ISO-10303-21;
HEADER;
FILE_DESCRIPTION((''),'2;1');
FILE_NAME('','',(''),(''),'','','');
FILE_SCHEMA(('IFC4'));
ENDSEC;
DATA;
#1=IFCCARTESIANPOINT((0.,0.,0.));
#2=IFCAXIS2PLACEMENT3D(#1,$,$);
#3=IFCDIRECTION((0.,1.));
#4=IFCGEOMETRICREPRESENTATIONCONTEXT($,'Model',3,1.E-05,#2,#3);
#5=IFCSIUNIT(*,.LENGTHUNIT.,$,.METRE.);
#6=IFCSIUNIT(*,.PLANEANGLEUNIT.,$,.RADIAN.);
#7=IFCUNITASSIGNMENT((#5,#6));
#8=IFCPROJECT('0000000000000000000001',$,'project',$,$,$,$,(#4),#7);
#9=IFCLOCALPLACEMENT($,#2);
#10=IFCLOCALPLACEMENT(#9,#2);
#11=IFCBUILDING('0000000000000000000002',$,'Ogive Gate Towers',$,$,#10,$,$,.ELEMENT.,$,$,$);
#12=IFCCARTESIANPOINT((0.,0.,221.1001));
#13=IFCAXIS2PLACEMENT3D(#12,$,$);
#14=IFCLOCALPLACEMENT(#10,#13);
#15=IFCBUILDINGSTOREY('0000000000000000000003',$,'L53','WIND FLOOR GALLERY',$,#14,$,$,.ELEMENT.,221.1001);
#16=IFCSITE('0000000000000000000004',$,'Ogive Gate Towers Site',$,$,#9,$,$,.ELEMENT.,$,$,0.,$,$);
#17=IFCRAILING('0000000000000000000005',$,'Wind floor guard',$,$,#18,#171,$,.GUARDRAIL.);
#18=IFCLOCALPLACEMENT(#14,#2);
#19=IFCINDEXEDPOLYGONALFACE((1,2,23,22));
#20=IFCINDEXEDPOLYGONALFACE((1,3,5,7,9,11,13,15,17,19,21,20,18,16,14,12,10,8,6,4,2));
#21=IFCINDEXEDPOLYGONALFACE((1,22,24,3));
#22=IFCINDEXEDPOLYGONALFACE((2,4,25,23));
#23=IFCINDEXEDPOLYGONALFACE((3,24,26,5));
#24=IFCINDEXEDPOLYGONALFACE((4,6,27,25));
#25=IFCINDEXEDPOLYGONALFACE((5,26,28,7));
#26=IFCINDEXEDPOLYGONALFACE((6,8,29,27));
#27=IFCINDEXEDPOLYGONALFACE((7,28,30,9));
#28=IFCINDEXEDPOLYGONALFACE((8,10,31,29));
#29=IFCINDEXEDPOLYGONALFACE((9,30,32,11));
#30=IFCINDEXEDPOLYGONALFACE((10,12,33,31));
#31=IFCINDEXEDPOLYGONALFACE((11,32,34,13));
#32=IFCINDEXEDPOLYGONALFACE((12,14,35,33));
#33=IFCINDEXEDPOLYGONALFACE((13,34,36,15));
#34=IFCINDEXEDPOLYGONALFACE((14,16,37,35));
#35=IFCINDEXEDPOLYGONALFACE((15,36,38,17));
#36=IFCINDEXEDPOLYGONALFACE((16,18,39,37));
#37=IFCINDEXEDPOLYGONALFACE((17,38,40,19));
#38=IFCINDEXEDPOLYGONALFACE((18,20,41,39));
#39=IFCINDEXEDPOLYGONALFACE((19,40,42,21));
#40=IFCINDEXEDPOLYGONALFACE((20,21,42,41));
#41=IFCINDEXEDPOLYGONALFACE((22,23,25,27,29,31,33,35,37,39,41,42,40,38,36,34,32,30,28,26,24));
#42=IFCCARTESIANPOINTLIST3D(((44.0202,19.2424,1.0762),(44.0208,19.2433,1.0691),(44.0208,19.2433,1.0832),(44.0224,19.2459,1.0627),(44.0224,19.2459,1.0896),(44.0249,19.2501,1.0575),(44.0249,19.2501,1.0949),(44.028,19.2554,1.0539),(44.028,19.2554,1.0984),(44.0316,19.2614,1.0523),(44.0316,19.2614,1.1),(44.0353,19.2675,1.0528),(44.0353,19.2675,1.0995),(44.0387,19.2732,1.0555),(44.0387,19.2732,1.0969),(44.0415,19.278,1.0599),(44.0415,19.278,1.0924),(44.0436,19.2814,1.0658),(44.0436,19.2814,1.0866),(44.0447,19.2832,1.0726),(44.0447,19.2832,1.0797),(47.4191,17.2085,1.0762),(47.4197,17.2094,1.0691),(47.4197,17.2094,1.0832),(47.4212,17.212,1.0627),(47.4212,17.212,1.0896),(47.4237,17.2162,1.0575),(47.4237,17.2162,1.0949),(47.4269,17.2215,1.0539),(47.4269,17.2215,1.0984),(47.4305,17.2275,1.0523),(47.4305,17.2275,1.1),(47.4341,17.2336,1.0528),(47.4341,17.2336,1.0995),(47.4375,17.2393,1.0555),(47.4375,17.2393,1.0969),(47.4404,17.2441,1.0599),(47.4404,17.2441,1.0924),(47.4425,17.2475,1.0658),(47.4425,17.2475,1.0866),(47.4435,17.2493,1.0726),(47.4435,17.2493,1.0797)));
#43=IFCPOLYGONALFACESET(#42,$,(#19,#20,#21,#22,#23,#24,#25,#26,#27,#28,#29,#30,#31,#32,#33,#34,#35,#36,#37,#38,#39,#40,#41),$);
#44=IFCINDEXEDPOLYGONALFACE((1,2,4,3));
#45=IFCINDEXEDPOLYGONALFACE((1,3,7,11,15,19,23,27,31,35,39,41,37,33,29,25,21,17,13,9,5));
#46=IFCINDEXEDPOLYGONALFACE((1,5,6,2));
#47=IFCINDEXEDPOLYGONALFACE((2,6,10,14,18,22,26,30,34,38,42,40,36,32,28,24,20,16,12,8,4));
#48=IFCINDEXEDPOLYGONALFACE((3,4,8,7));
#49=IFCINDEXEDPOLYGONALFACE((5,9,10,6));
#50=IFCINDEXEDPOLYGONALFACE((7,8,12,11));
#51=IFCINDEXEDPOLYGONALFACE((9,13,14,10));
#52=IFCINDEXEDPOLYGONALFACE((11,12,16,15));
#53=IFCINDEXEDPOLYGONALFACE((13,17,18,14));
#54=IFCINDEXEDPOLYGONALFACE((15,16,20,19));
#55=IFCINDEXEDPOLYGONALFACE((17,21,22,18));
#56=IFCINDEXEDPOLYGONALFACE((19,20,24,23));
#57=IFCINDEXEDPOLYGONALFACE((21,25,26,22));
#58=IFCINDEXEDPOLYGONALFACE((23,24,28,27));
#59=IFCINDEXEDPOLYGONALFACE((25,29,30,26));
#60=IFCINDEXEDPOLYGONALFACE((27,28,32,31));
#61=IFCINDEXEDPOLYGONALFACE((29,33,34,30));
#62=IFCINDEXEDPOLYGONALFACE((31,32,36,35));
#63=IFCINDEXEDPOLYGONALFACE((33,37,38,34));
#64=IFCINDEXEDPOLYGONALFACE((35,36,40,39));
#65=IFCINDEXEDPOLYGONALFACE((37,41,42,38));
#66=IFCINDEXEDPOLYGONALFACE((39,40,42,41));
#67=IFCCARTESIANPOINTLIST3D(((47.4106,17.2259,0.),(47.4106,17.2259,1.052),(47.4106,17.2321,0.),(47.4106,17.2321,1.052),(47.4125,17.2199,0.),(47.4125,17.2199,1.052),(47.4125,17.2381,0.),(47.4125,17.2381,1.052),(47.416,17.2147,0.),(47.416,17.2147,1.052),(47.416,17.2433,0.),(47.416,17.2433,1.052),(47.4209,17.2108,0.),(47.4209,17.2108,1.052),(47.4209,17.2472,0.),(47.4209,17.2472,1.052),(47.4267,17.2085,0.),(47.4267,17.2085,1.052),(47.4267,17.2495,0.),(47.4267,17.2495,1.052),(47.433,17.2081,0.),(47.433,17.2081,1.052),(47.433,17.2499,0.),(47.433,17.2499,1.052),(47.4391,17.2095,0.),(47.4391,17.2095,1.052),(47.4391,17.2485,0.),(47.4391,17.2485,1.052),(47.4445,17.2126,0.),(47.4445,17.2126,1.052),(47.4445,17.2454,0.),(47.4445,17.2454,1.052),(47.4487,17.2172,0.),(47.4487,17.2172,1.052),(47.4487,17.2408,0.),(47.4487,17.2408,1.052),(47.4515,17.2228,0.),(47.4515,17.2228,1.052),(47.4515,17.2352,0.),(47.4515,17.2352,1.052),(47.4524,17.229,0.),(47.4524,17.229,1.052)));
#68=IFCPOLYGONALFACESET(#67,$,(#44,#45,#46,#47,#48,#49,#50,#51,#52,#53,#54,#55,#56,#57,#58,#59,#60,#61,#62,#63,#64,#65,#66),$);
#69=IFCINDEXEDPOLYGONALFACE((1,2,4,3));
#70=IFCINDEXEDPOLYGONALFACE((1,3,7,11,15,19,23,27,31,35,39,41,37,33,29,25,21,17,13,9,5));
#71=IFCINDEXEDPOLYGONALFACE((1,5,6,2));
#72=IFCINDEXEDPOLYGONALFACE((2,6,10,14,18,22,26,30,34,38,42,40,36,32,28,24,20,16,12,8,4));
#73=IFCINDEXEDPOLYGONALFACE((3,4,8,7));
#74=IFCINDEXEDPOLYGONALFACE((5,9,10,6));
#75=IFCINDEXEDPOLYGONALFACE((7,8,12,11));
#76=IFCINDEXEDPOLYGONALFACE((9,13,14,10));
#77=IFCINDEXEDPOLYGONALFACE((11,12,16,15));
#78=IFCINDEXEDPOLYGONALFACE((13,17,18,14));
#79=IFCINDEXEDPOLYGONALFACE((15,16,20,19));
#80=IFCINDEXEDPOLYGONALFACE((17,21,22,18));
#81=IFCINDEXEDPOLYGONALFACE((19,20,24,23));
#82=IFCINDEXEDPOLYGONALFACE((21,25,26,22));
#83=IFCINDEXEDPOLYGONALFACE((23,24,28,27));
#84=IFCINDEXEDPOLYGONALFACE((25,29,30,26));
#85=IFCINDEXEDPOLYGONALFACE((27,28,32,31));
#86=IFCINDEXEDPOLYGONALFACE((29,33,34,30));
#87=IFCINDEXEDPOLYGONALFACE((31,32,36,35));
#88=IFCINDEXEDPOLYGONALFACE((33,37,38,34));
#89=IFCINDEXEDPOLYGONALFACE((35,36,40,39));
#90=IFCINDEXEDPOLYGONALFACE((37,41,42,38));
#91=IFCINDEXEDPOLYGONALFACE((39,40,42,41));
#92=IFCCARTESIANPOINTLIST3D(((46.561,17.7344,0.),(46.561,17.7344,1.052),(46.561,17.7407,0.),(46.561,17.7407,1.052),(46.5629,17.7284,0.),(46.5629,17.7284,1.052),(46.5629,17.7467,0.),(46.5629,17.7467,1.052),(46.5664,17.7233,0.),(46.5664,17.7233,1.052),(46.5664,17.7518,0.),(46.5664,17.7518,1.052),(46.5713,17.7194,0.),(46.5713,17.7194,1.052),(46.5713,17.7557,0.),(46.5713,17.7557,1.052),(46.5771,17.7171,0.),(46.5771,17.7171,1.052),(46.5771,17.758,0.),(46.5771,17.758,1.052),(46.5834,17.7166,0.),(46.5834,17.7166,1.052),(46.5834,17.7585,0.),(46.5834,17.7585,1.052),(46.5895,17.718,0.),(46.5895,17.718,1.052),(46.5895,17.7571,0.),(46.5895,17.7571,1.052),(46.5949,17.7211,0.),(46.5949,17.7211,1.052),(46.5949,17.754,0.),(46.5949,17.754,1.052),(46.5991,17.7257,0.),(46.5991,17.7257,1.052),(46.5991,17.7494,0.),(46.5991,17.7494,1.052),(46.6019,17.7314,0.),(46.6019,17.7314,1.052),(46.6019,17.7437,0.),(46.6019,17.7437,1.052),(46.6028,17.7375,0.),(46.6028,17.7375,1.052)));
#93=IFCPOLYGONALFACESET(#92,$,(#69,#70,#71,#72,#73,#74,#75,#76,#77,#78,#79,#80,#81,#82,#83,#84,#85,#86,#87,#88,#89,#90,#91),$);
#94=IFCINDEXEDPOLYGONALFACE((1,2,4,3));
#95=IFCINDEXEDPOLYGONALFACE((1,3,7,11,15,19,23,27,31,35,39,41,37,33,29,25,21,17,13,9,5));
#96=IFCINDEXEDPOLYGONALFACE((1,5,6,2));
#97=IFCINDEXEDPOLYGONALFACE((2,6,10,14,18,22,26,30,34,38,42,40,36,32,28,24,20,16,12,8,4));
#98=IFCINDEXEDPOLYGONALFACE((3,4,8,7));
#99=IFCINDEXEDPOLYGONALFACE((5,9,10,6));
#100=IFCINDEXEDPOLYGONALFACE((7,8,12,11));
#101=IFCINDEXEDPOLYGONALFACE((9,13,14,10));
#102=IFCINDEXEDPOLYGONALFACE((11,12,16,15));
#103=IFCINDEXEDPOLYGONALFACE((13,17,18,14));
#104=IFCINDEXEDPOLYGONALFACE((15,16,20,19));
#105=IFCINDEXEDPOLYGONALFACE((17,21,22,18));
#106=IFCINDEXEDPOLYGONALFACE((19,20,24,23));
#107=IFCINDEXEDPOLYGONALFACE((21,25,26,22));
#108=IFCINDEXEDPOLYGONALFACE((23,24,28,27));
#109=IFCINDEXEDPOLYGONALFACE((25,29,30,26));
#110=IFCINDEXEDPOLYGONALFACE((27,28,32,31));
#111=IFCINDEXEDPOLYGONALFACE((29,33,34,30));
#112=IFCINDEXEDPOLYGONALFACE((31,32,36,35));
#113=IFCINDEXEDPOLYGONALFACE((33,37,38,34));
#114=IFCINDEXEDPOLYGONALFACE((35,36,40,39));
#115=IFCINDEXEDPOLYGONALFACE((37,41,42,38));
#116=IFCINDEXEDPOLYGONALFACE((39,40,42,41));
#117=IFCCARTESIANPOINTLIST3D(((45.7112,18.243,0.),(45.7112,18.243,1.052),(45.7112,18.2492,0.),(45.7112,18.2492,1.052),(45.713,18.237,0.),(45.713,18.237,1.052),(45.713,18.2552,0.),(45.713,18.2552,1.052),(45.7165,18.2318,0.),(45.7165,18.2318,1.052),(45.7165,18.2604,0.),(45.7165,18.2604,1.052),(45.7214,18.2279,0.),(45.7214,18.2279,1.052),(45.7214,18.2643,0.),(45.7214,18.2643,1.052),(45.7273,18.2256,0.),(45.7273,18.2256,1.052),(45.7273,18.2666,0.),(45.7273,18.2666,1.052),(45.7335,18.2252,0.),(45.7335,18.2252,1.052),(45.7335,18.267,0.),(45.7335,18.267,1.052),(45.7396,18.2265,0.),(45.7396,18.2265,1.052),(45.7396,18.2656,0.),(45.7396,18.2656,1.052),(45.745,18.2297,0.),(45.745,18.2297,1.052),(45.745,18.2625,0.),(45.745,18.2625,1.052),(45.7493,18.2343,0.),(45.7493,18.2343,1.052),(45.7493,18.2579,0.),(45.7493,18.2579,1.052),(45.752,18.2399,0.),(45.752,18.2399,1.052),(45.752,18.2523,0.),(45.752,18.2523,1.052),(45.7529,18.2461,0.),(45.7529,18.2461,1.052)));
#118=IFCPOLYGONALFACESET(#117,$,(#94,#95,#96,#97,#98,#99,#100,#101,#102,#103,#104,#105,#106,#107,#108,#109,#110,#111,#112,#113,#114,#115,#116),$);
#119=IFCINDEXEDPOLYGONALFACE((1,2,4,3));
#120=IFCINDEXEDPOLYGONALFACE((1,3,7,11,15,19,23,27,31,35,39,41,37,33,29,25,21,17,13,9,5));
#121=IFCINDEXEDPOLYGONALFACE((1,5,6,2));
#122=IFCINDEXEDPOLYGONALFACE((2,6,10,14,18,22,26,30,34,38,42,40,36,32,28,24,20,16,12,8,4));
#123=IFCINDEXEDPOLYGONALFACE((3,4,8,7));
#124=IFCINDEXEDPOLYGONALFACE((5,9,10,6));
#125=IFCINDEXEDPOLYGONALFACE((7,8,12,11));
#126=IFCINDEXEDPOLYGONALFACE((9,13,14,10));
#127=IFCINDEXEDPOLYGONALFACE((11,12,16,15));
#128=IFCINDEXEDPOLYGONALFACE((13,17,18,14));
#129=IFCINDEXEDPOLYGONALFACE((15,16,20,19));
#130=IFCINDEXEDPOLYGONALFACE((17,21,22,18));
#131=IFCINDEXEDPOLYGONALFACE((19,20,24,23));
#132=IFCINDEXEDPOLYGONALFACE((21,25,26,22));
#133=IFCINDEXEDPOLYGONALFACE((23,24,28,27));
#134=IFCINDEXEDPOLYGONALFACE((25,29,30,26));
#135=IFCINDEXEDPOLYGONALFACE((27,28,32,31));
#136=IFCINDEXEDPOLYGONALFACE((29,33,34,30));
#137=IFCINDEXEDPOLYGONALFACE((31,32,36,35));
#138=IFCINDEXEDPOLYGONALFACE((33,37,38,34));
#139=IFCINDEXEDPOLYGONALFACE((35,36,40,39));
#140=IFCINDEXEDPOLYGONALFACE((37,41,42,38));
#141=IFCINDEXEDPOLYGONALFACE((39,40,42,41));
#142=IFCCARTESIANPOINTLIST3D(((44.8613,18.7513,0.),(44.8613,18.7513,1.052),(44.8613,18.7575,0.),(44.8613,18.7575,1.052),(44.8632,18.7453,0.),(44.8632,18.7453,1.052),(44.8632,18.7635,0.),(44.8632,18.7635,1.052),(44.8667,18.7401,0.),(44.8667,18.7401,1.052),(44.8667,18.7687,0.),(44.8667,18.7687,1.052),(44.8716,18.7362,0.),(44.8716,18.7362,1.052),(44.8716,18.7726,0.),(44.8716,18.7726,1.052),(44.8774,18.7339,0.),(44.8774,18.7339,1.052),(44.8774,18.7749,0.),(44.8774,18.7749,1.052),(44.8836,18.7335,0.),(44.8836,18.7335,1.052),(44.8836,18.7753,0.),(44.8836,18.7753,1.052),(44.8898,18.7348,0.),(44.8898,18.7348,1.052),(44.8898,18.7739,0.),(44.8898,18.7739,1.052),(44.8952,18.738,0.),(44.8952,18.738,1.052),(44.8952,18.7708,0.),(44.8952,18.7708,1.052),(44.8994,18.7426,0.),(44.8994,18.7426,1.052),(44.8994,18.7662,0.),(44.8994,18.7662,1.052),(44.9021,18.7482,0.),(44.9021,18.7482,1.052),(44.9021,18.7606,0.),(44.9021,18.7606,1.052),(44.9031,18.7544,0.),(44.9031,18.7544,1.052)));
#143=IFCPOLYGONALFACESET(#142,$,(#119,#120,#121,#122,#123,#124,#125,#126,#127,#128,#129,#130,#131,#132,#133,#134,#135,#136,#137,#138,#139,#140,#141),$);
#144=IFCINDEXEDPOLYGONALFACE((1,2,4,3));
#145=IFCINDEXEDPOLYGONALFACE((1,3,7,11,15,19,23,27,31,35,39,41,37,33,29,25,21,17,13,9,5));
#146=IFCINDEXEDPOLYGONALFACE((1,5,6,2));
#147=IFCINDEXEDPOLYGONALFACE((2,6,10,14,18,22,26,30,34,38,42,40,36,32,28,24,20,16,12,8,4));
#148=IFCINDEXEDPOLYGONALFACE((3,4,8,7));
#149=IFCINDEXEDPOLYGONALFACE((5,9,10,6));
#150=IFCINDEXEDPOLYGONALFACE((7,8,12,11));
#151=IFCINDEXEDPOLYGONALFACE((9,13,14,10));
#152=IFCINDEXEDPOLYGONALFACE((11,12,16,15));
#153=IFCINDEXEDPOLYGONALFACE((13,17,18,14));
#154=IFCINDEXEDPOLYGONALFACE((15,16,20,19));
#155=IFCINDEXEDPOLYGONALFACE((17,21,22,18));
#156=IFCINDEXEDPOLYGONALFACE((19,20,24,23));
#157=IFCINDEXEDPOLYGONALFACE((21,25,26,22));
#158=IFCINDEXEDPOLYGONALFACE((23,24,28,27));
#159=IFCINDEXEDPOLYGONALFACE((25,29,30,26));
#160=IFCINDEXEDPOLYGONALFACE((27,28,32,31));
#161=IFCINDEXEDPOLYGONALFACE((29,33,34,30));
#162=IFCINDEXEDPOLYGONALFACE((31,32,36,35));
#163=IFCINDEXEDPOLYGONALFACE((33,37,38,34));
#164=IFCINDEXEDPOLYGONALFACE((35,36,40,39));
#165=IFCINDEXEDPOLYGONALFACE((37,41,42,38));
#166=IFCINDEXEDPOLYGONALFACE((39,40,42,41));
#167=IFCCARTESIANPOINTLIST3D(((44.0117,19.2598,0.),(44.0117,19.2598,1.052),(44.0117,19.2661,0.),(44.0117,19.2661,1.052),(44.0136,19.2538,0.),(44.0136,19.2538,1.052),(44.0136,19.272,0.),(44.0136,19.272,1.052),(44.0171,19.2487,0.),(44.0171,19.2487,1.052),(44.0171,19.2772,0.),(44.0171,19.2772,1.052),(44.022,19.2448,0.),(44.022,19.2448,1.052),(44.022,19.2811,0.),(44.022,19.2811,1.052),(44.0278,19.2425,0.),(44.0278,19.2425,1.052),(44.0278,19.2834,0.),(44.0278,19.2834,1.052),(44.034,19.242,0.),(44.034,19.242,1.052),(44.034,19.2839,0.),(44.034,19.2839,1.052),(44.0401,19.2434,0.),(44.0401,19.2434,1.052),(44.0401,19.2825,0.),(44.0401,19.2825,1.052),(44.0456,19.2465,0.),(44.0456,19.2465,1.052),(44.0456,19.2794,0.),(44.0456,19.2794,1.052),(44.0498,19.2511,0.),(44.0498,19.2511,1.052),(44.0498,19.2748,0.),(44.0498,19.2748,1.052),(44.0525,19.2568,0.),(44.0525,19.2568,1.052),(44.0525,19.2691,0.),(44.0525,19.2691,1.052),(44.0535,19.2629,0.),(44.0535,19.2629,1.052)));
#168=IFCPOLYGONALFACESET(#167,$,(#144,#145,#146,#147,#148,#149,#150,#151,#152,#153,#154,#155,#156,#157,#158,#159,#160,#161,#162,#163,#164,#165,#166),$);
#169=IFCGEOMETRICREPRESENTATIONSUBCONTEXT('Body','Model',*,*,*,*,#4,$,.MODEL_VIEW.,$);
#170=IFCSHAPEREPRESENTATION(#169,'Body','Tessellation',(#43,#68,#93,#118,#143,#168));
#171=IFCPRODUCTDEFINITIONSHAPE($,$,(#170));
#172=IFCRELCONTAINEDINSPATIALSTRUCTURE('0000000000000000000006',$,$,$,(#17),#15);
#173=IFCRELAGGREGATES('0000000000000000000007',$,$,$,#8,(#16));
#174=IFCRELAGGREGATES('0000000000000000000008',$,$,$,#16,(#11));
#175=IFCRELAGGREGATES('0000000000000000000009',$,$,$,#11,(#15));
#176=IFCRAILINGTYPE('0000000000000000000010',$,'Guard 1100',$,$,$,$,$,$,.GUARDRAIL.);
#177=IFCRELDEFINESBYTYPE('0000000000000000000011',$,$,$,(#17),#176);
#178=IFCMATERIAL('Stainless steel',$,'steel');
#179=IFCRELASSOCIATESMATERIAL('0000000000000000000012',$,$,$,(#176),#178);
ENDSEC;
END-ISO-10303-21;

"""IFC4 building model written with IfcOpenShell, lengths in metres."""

from ifc_helpers import new_model, si_unit, direction, frame, origin, origin_2d, place, context, subcontext, project, spatial, circle, extrude, material, type_object, element, save


model = new_model("IFC4")

# Units and contexts
model_context = context("Model", 3, precision=1e-05, world=origin(), true_north=direction((0.0, 1.0)))
body_context = subcontext(model_context, "Body", "Model", "MODEL_VIEW")
ifc_project = project(units=[si_unit("LENGTHUNIT", "METRE"), si_unit("PLANEANGLEUNIT", "RADIAN")], contexts=[model_context])

# Site, building, storey
site_placement = place(None, origin())
site = spatial("IfcSite", under=ifc_project, at=site_placement, Name="Ogive Gate Towers Site", CompositionType="ELEMENT", RefElevation=0.0)
building_placement = place(site_placement, origin())
building = spatial("IfcBuilding", under=site, at=building_placement, Name="Ogive Gate Towers", CompositionType="ELEMENT")
storey_placement = place(building_placement, frame((0.0, 0.0, 221.1001)))
storey = spatial("IfcBuildingStorey", under=building, at=storey_placement, Name="L53", Description="WIND FLOOR GALLERY", CompositionType="ELEMENT", Elevation=221.1001)

# Railing
ifc_material_1 = material(Name="Stainless steel", Category="steel")
railing_type_1 = type_object("IfcRailingType", Name="Guard 1100", PredefinedType="GUARDRAIL", material=ifc_material_1)
railing_1_placement = place(storey_placement, frame((47.4314, 17.229, 0.0)))
element("IfcRailing", 1, at=railing_1_placement, inside=storey, type_object=railing_type_1, Name="Wind floor guard", PredefinedType="GUARDRAIL", context=body_context, shape_type="SweptSolid", body=[
    extrude(circle(Radius=0.0239, at=origin_2d()), frame((0.0, 0.0, 1.0762), z_axis=(-0.858096, 0.513489, 0.0), x_axis=(-0.513489, -0.858096, 0.0)), (0.0, 0.0, 1.0), 3.9609),
    extrude(circle(Radius=0.021, at=origin_2d()), origin(), (0.0, 0.0, 1.0), 1.052),
    extrude(circle(Radius=0.021, at=origin_2d()), frame((-0.8496, 0.5085, 0.0)), (0.0, 0.0, 1.0), 1.052),
    extrude(circle(Radius=0.021, at=origin_2d()), frame((-1.6995, 1.0171, 0.0)), (0.0, 0.0, 1.0), 1.052),
    extrude(circle(Radius=0.021, at=origin_2d()), frame((-2.5493, 1.5254, 0.0)), (0.0, 0.0, 1.0), 1.052),
    extrude(circle(Radius=0.021, at=origin_2d()), frame((-3.3989, 2.0339, 0.0)), (0.0, 0.0, 1.0), 1.052),
])

save(model, "model.ifc")
